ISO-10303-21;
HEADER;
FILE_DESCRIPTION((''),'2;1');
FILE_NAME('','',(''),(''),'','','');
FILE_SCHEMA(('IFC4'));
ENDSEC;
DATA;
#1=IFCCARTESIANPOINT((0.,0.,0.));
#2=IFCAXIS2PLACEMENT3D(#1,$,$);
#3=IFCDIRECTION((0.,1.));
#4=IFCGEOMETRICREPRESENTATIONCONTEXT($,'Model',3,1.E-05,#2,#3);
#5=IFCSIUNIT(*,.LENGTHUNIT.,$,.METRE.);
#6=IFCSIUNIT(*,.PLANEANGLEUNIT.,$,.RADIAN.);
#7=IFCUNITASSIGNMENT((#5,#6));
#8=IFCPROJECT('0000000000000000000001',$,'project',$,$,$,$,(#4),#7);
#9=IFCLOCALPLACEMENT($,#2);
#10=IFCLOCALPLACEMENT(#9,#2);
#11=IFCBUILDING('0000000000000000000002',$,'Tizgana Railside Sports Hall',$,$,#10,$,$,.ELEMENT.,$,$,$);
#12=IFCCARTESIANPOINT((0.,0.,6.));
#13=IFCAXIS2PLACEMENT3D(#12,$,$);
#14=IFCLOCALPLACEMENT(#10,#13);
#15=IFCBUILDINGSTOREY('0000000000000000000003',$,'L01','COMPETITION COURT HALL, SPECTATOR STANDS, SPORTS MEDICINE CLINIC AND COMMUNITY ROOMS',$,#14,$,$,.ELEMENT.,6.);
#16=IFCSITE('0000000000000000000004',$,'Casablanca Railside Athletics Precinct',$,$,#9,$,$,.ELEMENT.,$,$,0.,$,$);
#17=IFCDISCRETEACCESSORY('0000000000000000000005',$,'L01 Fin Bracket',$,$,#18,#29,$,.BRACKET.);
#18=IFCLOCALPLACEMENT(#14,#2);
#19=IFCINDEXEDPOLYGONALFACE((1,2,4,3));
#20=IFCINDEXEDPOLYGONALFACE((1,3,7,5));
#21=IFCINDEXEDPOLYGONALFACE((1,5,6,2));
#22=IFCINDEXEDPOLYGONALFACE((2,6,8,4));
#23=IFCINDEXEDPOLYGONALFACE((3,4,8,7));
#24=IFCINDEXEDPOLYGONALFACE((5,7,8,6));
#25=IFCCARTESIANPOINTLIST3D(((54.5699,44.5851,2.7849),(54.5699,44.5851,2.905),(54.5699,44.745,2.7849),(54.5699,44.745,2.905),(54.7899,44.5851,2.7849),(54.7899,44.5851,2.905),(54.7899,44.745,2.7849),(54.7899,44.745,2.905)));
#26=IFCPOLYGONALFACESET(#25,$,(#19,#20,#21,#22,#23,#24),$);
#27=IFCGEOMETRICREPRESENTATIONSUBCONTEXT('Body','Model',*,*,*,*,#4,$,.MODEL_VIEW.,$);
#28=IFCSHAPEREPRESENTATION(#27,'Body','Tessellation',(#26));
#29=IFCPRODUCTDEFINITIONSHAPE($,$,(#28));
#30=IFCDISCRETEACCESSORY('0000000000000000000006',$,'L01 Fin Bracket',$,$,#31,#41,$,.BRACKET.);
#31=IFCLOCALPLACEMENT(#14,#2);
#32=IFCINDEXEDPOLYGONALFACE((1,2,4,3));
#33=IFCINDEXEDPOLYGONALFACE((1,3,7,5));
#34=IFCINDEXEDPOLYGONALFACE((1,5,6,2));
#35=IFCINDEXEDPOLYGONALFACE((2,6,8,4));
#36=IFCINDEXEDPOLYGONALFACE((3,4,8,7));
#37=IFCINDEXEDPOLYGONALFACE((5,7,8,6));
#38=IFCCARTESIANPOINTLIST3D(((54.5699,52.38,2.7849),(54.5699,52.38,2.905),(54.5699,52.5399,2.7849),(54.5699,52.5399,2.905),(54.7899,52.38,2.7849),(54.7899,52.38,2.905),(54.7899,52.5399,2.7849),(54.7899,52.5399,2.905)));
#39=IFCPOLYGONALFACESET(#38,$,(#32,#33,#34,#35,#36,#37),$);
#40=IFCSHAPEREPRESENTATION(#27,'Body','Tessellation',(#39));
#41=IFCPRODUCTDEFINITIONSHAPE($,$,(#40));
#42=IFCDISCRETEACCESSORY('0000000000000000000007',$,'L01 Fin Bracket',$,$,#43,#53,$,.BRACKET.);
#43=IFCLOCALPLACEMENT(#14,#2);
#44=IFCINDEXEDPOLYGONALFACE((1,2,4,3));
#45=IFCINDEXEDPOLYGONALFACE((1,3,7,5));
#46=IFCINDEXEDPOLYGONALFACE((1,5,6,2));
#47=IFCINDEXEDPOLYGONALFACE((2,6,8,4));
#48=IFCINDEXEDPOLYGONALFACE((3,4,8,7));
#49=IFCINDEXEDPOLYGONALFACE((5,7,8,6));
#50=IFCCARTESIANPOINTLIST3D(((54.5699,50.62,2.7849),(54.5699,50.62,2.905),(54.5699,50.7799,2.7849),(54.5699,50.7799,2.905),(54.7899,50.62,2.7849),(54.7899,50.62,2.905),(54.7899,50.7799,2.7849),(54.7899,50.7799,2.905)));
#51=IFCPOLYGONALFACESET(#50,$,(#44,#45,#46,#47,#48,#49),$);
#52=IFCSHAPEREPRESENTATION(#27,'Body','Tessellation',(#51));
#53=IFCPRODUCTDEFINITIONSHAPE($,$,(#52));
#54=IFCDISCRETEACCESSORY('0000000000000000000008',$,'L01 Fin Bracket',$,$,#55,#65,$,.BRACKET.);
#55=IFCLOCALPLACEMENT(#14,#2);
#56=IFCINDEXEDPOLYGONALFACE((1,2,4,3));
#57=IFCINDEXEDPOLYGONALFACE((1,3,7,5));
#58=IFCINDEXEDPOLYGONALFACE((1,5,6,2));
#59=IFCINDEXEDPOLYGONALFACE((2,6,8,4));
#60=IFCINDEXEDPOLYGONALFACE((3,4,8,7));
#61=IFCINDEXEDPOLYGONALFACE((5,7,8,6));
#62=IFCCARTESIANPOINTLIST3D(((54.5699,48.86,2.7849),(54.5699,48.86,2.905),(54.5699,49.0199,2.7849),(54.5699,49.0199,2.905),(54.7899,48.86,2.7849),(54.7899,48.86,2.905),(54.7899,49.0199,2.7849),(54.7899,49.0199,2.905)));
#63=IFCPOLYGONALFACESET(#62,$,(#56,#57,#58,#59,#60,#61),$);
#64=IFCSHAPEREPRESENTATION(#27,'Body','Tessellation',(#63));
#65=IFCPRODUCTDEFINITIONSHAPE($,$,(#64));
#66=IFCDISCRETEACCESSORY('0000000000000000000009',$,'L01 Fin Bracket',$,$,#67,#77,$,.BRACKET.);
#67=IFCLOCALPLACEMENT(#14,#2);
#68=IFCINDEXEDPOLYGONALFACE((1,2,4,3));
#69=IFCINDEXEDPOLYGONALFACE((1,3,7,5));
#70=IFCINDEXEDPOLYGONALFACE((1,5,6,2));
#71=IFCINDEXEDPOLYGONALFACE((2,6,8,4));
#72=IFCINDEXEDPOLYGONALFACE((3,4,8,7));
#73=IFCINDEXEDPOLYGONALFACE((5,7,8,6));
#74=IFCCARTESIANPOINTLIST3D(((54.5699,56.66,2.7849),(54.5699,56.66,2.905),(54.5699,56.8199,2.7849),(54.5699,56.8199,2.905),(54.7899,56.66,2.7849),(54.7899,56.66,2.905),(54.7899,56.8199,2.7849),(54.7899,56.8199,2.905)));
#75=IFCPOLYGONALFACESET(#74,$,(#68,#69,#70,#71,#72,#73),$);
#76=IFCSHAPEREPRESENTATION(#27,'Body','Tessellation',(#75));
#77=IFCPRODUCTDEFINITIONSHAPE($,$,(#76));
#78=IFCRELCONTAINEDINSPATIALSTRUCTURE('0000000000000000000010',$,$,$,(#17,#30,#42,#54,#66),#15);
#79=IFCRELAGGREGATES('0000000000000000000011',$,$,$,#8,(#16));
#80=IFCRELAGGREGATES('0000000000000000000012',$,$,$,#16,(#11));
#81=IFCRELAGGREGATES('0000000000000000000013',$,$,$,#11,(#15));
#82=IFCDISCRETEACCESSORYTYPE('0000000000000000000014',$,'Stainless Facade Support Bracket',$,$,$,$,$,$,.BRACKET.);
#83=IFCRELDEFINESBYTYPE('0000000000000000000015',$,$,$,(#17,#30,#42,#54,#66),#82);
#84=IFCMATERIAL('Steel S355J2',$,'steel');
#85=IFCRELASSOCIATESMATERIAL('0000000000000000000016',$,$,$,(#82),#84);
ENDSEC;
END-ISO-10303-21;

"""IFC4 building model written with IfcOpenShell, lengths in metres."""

from ifc_helpers import new_model, si_unit, direction, frame, origin, origin_2d, place, context, subcontext, project, spatial, rectangle, extrude, material, type_object, element, save


model = new_model("IFC4")

# Units and contexts
model_context = context("Model", 3, precision=1e-05, world=origin(), true_north=direction((0.0, 1.0)))
body_context = subcontext(model_context, "Body", "Model", "MODEL_VIEW")
ifc_project = project(units=[si_unit("LENGTHUNIT", "METRE"), si_unit("PLANEANGLEUNIT", "RADIAN")], contexts=[model_context])

# Site, building, storey
site_placement = place(None, origin())
site = spatial("IfcSite", under=ifc_project, at=site_placement, Name="Casablanca Railside Athletics Precinct", CompositionType="ELEMENT", RefElevation=0.0)
building_placement = place(site_placement, origin())
building = spatial("IfcBuilding", under=site, at=building_placement, Name="Tizgana Railside Sports Hall", CompositionType="ELEMENT")
storey_placement = place(building_placement, frame((0.0, 0.0, 6.0)))
storey = spatial("IfcBuildingStorey", under=building, at=storey_placement, Name="L01", Description="COMPETITION COURT HALL, SPECTATOR STANDS, SPORTS MEDICINE CLINIC AND COMMUNITY ROOMS", CompositionType="ELEMENT", Elevation=6.0)

# Discrete accessories
ifc_material_1 = material(Name="Steel S355J2", Category="steel")
discrete_accessory_type = type_object("IfcDiscreteAccessoryType", Name="Stainless Facade Support Bracket", PredefinedType="BRACKET", material=ifc_material_1)
for number, where, z_axis, x_axis, name in (
    (1, (54.6799, 44.665, 2.7849), (0.0, 0.0, 1.0), (0.0, -1.0, 0.0), "L01 Fin Bracket"),
    (2, (54.6799, 52.46, 2.7849), (0.0, 0.0, 1.0), (0.0, -1.0, 0.0), "L01 Fin Bracket"),
    (3, (54.6799, 50.7, 2.7849), (0.0, 0.0, 1.0), (0.0, -1.0, 0.0), "L01 Fin Bracket"),
    (4, (54.6799, 48.9399, 2.7849), (0.0, 0.0, 1.0), (0.0, -1.0, 0.0), "L01 Fin Bracket"),
    (5, (54.6799, 56.74, 2.7849), (0.0, 0.0, 1.0), (0.0, -1.0, 0.0), "L01 Fin Bracket"),
):
    element("IfcDiscreteAccessory", number, at=place(storey_placement, frame(where, z_axis=z_axis, x_axis=x_axis)), inside=storey, type_object=discrete_accessory_type, Name=name, PredefinedType="BRACKET", context=body_context, shape_type="SweptSolid", body=[
        extrude(rectangle(XDim=0.1599, YDim=0.22, at=origin_2d()), origin(), (0.0, 0.0, 1.0), 0.1201),
    ])

save(model, "model.ifc")
